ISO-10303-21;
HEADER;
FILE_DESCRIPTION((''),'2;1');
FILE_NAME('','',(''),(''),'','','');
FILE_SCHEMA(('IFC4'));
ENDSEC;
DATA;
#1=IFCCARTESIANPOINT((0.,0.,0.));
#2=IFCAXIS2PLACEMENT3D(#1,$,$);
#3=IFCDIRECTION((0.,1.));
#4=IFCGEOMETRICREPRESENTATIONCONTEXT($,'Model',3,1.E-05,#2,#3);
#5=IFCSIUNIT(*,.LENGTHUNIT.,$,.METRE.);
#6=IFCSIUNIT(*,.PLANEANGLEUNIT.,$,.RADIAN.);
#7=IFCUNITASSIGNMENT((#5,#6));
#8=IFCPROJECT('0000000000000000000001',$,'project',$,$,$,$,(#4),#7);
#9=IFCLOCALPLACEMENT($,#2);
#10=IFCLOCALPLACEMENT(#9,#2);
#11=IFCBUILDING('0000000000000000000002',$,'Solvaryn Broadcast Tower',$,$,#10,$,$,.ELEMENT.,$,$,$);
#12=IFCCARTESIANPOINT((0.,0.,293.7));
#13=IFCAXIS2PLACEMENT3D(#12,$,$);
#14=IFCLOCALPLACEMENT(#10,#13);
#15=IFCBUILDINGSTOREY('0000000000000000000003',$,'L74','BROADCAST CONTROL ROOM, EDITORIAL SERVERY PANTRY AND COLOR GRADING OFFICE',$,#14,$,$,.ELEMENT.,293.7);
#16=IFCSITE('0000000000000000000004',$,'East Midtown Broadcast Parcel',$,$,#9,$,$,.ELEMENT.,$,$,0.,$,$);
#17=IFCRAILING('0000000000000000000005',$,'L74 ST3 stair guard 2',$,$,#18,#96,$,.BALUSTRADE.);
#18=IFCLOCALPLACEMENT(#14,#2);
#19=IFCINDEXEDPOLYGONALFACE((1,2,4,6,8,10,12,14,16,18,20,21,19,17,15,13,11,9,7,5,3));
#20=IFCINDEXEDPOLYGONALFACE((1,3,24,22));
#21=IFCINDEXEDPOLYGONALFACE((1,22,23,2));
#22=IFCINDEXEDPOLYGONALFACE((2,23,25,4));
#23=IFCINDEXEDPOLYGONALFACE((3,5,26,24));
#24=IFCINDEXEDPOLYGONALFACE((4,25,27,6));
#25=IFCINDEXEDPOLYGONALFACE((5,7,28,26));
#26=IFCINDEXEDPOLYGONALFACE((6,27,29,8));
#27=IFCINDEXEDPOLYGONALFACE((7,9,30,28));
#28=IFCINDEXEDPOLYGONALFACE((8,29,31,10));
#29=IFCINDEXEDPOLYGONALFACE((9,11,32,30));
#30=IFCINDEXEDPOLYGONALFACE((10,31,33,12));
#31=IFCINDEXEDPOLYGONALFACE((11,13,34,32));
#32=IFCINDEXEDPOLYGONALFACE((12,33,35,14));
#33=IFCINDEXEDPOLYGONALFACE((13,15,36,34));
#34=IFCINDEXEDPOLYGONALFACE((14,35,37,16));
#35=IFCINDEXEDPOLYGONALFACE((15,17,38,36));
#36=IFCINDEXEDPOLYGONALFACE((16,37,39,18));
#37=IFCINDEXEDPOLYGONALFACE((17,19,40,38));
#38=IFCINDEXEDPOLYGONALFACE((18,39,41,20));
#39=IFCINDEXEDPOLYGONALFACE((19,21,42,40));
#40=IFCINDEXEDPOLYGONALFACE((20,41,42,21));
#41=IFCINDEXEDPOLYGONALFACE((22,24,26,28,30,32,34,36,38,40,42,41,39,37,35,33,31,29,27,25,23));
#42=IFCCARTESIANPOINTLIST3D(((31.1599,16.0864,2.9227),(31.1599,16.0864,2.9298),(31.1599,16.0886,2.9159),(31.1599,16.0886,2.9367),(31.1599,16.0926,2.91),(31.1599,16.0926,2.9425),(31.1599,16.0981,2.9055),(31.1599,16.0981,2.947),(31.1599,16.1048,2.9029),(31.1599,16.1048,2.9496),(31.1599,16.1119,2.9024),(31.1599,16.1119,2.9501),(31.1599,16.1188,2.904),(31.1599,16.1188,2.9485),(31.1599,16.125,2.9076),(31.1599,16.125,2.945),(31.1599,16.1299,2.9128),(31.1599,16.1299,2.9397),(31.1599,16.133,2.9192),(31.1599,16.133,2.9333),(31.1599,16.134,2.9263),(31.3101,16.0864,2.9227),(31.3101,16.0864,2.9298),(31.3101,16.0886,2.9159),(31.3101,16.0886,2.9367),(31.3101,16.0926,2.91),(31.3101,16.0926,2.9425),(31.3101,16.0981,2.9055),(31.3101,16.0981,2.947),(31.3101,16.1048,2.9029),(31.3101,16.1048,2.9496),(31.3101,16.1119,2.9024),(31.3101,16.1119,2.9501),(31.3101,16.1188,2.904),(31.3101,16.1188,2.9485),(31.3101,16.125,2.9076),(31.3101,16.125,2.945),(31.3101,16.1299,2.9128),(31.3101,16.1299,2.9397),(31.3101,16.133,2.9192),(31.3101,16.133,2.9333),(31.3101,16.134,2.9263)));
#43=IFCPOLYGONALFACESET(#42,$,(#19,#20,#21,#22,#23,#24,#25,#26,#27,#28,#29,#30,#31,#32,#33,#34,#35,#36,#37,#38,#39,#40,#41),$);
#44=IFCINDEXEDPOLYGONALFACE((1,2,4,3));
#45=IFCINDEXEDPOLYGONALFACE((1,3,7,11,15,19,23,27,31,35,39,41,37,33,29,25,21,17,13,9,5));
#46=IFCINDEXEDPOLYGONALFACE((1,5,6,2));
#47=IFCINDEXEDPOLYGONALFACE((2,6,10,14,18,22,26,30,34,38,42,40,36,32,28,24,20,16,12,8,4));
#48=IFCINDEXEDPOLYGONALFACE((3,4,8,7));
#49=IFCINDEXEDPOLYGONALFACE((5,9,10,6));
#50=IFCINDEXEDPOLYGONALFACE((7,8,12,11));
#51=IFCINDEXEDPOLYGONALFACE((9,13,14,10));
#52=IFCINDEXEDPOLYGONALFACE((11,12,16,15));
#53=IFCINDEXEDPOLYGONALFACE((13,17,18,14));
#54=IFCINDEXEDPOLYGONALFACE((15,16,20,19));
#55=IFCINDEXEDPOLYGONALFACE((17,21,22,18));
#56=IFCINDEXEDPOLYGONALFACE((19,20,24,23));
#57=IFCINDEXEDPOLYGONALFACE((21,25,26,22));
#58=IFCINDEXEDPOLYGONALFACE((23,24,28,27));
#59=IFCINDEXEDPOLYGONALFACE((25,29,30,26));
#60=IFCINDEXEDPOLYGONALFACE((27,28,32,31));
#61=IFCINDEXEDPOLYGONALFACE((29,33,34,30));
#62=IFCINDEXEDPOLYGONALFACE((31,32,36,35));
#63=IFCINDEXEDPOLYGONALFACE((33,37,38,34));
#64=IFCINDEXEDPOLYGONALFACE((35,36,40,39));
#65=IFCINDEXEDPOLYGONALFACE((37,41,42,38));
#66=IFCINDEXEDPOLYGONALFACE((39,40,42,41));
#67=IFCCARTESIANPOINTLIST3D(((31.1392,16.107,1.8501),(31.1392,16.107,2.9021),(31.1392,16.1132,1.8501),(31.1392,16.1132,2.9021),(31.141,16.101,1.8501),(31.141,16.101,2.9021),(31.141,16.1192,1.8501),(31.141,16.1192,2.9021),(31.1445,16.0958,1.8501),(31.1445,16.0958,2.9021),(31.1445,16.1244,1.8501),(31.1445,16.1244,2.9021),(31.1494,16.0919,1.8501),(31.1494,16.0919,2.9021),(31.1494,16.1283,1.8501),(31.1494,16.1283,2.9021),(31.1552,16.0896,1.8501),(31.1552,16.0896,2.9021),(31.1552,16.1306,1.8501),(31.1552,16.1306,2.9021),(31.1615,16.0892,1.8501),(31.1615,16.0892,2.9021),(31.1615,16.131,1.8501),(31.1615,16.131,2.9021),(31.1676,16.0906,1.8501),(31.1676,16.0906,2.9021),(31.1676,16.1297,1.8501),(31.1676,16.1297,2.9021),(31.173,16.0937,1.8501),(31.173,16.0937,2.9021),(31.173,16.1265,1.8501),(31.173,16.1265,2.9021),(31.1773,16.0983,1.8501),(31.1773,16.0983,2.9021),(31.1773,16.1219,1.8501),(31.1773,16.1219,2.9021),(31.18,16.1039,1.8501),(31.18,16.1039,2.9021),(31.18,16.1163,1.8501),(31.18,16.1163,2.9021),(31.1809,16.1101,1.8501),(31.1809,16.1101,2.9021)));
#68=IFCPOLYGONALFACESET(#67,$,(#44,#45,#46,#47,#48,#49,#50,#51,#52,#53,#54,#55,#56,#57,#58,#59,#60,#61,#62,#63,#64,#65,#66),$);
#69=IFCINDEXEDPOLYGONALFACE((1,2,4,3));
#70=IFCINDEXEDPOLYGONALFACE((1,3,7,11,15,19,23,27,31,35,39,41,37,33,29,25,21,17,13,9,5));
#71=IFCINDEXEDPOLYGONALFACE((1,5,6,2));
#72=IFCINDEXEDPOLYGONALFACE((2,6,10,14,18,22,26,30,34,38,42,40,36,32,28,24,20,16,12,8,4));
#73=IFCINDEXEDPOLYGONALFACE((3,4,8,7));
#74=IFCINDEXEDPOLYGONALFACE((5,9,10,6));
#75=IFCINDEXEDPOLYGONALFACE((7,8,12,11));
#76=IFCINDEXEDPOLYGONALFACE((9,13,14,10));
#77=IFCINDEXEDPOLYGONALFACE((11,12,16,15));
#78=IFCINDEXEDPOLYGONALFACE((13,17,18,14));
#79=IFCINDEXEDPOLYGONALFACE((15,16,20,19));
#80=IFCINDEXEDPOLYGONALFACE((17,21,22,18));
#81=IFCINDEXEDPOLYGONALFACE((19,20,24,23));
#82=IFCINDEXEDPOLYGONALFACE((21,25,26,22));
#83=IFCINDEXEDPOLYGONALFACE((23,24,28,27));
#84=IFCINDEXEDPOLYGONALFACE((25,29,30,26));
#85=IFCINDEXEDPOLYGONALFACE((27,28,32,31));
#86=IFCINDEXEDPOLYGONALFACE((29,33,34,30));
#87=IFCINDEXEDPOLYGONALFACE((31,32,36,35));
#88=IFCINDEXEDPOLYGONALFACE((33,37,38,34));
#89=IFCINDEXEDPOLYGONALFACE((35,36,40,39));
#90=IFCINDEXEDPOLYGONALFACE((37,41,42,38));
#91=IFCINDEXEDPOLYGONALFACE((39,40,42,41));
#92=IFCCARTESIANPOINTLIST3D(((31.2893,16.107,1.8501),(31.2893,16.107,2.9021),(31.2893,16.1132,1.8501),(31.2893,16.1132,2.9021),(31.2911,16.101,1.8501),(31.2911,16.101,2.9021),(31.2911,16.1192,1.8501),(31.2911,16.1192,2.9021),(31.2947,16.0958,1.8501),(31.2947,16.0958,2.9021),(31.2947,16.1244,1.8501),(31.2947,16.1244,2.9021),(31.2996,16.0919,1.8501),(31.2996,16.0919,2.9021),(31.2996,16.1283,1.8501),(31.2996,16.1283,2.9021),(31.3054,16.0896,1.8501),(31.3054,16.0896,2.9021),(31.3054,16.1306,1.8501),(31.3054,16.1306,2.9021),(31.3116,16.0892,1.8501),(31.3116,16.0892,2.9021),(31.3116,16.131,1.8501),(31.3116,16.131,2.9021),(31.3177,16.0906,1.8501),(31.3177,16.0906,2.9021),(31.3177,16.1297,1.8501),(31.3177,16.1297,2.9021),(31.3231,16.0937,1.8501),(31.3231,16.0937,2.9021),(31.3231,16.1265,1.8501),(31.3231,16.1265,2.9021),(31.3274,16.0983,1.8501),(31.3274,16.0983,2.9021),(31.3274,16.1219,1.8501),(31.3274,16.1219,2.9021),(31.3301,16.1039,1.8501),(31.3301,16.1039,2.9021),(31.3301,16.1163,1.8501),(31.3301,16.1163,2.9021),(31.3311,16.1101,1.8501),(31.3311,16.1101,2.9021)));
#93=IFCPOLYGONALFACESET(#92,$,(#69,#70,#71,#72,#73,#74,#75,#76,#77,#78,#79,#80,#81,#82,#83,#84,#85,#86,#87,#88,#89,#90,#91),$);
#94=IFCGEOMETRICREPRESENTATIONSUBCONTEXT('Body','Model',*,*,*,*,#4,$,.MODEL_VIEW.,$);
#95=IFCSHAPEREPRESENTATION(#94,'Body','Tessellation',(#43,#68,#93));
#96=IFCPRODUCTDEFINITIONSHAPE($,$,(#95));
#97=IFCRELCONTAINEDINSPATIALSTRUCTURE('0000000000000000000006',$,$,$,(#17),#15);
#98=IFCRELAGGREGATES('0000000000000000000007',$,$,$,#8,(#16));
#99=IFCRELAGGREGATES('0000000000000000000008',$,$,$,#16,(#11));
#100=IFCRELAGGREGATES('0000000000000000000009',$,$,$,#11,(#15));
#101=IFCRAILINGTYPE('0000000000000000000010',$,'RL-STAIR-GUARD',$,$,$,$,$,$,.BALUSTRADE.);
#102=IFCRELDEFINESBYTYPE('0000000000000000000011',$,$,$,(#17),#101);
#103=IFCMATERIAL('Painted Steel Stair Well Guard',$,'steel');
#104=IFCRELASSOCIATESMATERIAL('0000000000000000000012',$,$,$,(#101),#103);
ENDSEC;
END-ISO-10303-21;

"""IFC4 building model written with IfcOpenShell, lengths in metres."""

from ifc_helpers import new_model, si_unit, direction, frame, origin, origin_2d, place, context, subcontext, project, spatial, circle, extrude, material, type_object, element, save


model = new_model("IFC4")

# Units and contexts
model_context = context("Model", 3, precision=1e-05, world=origin(), true_north=direction((0.0, 1.0)))
body_context = subcontext(model_context, "Body", "Model", "MODEL_VIEW")
ifc_project = project(units=[si_unit("LENGTHUNIT", "METRE"), si_unit("PLANEANGLEUNIT", "RADIAN")], contexts=[model_context])

# Site, building, storey
site_placement = place(None, origin())
site = spatial("IfcSite", under=ifc_project, at=site_placement, Name="East Midtown Broadcast Parcel", CompositionType="ELEMENT", RefElevation=0.0)
building_placement = place(site_placement, origin())
building = spatial("IfcBuilding", under=site, at=building_placement, Name="Solvaryn Broadcast Tower", CompositionType="ELEMENT")
storey_placement = place(building_placement, frame((0.0, 0.0, 293.7)))
storey = spatial("IfcBuildingStorey", under=building, at=storey_placement, Name="L74", Description="BROADCAST CONTROL ROOM, EDITORIAL SERVERY PANTRY AND COLOR GRADING OFFICE", CompositionType="ELEMENT", Elevation=293.7)

# Railing
ifc_material_1 = material(Name="Painted Steel Stair Well Guard", Category="steel")
railing_type_1 = type_object("IfcRailingType", Name="RL-STAIR-GUARD", PredefinedType="BALUSTRADE", material=ifc_material_1)
railing_1_placement = place(storey_placement, frame((31.1599, 16.1101, 1.8501)))
element("IfcRailing", 1, at=railing_1_placement, inside=storey, type_object=railing_type_1, Name="L74 ST3 stair guard 2", PredefinedType="BALUSTRADE", context=body_context, shape_type="SweptSolid", body=[
    extrude(circle(Radius=0.0239, at=origin_2d()), frame((0.0, 0.0, 1.0762), z_axis=(1.0, 0.0, 0.0), x_axis=(0.0, 1.0, 0.0)), (0.0, 0.0, 1.0), 0.1501),
    extrude(circle(Radius=0.021, at=origin_2d()), origin(), (0.0, 0.0, 1.0), 1.052),
    extrude(circle(Radius=0.021, at=origin_2d()), frame((0.1501, 0.0, 0.0)), (0.0, 0.0, 1.0), 1.052),
])

save(model, "model.ifc")
